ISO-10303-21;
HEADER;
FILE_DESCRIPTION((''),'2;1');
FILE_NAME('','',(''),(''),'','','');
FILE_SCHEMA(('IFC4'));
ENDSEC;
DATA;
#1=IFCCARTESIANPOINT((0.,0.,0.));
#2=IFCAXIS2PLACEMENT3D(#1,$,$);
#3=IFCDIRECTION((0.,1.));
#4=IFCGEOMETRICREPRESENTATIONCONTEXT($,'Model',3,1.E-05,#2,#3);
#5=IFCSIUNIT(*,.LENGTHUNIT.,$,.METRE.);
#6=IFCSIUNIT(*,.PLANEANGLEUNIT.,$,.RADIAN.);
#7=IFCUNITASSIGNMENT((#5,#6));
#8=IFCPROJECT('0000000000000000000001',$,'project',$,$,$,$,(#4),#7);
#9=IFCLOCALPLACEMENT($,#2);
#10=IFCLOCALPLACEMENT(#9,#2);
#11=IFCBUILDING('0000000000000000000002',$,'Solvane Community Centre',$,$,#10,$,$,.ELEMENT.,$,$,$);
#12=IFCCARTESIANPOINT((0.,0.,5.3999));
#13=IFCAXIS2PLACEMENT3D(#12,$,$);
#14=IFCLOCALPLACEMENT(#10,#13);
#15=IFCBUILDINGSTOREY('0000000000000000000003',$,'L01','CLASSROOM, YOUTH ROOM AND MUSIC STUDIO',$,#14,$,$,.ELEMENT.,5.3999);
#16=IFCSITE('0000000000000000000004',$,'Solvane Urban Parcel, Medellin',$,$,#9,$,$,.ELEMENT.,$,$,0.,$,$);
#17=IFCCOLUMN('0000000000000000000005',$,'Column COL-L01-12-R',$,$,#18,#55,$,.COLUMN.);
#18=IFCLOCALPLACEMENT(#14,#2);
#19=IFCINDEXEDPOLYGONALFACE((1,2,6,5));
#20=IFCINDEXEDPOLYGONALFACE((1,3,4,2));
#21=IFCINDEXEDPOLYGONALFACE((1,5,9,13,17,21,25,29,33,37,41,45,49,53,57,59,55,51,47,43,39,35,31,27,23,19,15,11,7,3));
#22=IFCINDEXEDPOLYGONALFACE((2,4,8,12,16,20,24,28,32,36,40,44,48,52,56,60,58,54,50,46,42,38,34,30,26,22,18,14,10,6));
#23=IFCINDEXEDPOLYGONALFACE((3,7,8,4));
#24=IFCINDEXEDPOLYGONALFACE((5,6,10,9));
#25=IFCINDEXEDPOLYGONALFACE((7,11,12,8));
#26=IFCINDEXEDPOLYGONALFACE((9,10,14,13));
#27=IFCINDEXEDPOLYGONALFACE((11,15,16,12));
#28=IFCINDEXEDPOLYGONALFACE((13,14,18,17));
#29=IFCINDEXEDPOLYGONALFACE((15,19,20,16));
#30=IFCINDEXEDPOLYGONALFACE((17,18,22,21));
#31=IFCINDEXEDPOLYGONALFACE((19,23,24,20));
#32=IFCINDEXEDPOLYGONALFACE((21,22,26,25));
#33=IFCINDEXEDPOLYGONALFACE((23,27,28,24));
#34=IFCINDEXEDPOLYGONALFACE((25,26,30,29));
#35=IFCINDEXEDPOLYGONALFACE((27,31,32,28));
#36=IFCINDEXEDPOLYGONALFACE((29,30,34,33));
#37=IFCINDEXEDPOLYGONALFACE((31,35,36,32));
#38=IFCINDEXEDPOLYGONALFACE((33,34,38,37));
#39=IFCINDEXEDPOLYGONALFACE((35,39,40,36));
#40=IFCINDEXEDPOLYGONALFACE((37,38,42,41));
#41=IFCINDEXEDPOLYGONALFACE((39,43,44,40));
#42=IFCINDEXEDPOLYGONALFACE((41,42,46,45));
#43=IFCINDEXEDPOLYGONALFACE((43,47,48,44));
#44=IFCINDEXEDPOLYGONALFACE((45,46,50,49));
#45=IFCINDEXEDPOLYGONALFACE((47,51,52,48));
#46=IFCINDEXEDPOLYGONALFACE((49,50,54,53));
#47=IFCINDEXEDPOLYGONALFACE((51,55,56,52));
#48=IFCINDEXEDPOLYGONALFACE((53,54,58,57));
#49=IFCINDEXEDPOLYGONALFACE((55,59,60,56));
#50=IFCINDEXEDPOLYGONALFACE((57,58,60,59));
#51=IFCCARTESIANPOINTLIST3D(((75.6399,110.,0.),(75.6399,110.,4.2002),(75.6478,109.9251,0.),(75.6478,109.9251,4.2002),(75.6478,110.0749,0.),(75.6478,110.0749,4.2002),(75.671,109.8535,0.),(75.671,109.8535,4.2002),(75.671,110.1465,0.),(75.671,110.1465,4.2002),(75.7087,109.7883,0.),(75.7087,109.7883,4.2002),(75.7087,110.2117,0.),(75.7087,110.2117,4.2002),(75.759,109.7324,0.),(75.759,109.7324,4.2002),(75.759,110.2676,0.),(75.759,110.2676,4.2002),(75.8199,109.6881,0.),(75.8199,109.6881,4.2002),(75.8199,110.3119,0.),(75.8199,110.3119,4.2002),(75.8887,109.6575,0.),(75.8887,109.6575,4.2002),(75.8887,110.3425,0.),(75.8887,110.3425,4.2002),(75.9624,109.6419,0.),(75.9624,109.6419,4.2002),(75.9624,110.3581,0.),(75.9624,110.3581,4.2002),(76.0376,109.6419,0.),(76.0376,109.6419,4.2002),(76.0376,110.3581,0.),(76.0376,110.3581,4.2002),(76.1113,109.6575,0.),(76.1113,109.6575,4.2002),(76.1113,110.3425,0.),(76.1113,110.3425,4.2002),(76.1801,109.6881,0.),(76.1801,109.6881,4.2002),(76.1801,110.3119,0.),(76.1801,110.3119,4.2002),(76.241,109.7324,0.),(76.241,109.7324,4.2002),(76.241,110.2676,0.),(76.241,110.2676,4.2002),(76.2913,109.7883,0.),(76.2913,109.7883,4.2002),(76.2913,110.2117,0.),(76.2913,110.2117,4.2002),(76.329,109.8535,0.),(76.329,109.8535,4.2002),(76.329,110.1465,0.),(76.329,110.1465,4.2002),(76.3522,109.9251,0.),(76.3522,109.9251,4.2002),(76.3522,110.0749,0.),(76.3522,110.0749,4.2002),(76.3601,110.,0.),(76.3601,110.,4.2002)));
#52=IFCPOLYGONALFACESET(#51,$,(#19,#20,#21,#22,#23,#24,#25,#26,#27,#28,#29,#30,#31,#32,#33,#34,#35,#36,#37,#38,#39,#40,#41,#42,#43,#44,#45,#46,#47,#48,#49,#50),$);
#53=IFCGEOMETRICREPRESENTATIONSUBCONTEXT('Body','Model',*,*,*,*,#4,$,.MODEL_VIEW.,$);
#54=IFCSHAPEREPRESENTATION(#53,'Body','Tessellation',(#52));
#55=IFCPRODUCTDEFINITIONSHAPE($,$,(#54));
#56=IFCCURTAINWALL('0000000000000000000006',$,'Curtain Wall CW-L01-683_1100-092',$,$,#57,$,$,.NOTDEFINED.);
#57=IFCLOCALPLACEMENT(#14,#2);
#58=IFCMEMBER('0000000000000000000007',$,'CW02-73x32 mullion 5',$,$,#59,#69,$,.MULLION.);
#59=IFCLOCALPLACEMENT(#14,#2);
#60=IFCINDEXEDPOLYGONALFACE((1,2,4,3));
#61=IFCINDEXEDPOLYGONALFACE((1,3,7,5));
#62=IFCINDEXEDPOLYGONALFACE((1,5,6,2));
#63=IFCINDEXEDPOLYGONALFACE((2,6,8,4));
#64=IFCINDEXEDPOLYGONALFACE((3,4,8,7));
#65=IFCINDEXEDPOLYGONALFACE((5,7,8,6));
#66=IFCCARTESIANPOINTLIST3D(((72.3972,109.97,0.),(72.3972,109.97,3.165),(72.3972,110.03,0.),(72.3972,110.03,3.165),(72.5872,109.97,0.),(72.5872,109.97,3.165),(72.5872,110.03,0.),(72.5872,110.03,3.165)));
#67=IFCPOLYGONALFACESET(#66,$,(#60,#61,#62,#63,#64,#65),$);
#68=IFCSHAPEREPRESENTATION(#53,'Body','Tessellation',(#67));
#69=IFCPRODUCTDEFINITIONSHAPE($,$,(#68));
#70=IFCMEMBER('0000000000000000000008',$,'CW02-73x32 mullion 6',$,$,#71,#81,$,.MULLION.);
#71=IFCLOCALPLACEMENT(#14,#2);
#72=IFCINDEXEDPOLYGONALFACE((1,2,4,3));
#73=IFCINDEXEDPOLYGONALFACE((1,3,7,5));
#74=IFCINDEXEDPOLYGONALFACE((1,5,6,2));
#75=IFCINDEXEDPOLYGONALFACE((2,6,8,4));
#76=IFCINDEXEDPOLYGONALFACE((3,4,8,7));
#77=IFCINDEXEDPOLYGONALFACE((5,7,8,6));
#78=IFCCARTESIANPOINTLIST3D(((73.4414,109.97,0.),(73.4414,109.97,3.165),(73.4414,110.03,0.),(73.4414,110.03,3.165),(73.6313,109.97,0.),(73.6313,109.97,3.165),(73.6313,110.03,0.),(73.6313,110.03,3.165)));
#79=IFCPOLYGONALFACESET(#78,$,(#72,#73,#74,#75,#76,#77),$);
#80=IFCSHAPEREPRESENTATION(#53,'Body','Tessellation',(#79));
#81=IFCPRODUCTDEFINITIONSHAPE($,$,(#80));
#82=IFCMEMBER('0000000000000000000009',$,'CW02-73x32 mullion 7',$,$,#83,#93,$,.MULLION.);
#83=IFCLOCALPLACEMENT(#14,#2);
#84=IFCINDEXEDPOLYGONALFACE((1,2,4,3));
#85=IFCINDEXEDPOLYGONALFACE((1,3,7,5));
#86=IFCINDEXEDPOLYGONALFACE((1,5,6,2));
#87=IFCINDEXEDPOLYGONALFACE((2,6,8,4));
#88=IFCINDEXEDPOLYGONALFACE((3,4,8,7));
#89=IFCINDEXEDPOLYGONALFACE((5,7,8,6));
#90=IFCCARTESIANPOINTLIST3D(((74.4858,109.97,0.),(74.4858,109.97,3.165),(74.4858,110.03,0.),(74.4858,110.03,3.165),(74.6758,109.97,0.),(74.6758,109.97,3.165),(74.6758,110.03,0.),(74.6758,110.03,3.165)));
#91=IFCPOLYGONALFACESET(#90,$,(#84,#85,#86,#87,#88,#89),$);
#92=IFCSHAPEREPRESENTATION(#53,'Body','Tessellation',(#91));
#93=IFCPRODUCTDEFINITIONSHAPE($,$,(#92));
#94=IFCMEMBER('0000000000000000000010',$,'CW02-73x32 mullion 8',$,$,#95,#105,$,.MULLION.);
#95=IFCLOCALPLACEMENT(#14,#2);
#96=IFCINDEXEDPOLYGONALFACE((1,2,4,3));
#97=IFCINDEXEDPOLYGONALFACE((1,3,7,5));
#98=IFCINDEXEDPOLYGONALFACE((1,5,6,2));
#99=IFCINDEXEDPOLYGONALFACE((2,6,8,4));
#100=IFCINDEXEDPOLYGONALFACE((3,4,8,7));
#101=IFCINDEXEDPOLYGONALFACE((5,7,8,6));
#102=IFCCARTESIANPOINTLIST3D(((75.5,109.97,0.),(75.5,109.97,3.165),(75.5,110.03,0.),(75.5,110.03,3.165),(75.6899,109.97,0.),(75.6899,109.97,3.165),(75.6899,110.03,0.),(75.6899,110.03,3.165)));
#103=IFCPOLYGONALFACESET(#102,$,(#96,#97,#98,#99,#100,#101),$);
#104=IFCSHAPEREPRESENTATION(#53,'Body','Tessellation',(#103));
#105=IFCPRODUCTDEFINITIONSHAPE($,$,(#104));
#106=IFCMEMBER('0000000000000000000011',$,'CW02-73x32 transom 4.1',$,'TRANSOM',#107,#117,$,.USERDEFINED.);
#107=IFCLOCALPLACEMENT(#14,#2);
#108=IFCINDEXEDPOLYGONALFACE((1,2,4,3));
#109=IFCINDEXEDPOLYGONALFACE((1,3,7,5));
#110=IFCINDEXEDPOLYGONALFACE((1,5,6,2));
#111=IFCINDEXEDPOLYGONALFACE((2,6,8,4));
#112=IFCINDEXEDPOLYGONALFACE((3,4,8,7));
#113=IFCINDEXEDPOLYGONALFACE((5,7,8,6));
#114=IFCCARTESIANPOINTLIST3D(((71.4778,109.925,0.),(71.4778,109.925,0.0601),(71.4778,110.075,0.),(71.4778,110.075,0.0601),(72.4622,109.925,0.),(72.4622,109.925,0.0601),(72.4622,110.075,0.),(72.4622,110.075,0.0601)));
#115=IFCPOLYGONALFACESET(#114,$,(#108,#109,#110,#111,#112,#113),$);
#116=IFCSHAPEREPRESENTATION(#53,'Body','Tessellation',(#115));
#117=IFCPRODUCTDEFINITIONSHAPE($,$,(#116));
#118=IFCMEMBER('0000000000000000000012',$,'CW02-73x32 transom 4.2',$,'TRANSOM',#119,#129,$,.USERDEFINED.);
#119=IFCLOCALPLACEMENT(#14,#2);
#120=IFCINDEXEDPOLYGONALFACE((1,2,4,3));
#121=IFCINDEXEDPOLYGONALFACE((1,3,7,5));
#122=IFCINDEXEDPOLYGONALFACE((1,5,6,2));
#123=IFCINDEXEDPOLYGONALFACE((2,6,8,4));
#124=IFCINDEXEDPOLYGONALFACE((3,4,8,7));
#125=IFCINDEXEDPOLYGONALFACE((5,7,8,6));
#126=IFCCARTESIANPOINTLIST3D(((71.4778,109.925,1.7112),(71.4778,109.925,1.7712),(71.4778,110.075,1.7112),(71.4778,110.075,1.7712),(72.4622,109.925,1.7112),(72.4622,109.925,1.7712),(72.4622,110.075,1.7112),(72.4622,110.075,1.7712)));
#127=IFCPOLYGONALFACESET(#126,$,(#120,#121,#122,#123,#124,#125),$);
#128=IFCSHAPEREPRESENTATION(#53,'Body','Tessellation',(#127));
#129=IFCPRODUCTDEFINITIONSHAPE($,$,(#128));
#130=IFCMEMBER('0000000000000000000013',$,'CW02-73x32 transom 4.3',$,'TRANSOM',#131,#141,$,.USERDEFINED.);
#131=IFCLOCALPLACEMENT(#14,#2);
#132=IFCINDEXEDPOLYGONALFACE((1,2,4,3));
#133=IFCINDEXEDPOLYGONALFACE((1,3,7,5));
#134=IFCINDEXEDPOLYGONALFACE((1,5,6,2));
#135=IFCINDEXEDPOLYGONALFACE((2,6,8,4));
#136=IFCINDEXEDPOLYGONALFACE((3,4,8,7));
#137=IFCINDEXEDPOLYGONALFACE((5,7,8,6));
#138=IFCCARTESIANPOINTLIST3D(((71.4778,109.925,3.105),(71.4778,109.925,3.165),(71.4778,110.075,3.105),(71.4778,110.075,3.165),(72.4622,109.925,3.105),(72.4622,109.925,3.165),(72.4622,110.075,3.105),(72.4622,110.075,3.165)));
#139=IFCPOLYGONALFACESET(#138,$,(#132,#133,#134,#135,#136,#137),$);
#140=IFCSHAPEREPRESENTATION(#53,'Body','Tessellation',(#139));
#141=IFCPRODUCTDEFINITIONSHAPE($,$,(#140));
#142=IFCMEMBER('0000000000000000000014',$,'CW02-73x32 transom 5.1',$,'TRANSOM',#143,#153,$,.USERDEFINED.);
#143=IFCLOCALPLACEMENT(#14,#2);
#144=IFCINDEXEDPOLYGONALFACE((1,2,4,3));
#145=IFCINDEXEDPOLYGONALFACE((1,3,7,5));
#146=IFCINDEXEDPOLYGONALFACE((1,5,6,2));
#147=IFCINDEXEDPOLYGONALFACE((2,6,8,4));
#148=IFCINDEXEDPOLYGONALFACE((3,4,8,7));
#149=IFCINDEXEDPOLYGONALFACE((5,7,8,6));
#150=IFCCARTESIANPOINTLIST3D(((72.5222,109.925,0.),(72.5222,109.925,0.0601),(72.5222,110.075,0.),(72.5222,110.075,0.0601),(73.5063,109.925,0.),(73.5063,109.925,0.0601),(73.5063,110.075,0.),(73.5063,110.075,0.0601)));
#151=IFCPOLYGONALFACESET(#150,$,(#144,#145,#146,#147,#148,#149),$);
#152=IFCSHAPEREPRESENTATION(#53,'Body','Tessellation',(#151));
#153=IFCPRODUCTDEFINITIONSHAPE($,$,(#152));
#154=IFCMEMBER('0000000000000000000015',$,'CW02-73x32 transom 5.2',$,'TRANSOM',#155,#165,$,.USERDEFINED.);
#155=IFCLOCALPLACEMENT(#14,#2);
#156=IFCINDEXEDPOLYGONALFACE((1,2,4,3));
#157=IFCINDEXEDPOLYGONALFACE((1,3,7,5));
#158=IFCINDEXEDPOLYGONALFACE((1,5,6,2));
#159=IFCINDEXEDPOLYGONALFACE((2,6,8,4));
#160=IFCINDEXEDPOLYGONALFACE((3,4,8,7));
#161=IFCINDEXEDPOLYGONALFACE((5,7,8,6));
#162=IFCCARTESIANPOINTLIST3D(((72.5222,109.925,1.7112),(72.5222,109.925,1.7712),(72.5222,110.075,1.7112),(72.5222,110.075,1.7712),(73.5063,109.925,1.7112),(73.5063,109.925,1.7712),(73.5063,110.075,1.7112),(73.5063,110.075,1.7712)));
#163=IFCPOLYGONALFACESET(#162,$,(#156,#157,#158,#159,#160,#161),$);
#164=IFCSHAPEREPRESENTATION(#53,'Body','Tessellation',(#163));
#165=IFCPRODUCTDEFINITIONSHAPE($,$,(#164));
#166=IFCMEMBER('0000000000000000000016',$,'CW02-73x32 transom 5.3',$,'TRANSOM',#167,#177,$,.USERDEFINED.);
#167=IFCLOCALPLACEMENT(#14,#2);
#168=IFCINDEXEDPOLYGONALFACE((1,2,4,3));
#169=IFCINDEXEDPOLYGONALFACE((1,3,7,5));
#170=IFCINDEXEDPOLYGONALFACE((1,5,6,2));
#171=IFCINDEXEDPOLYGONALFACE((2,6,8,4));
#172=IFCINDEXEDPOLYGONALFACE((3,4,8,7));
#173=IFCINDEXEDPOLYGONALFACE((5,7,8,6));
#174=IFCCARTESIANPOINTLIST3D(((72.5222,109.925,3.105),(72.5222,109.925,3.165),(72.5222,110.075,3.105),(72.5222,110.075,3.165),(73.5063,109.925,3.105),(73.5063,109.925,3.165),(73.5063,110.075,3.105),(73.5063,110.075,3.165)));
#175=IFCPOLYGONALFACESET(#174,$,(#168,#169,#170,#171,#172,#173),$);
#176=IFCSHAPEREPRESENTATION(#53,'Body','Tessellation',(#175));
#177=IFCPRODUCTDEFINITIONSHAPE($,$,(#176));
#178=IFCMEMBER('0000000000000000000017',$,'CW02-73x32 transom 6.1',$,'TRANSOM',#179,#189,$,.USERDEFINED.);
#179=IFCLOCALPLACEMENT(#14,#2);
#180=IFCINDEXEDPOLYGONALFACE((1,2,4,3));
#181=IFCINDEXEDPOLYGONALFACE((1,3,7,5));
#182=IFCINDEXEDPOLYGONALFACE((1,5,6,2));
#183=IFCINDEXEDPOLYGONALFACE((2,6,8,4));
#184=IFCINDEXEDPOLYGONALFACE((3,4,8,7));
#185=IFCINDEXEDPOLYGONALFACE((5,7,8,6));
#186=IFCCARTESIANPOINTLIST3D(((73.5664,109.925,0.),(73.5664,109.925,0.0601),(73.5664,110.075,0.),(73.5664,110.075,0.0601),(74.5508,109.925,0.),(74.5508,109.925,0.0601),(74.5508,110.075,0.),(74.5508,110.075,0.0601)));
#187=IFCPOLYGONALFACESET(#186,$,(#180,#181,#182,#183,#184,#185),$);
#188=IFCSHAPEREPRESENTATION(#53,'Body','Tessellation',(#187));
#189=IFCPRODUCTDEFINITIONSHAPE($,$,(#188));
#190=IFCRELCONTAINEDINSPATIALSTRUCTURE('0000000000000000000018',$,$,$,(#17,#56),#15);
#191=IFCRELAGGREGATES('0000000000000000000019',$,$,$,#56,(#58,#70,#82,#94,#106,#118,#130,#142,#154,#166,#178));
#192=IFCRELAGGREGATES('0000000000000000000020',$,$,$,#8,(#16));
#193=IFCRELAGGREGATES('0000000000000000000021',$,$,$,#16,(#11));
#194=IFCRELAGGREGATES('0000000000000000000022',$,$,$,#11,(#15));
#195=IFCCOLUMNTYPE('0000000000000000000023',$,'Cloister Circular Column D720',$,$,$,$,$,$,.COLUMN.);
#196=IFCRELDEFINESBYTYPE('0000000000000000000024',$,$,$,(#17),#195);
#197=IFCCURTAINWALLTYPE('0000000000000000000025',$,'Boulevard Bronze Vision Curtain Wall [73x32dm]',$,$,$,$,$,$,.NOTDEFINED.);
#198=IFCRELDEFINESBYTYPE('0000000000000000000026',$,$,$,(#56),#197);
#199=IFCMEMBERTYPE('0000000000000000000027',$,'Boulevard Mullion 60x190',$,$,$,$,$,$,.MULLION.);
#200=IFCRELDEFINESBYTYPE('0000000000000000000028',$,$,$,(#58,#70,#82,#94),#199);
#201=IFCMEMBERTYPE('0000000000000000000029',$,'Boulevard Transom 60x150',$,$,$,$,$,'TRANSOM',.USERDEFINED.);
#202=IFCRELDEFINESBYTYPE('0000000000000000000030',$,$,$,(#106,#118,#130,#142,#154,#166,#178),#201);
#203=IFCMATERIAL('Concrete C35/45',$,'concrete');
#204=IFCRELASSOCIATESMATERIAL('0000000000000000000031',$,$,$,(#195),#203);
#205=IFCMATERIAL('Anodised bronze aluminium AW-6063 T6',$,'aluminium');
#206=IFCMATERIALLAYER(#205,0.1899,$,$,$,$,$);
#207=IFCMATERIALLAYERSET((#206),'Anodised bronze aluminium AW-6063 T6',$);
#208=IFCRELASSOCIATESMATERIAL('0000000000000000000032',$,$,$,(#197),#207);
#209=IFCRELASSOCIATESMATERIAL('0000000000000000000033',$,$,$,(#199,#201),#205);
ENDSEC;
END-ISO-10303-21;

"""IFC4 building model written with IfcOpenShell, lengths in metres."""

from ifc_helpers import new_model, si_unit, direction, frame, origin, origin_2d, place, context, subcontext, project, spatial, rectangle, circle, extrude, material, layer, layer_set, material_profile, profile_set, type_object, element, aggregate, save


model = new_model("IFC4")

# Units and contexts
model_context = context("Model", 3, precision=1e-05, world=origin(), true_north=direction((0.0, 1.0)))
body_context = subcontext(model_context, "Body", "Model", "MODEL_VIEW")
ifc_project = project(units=[si_unit("LENGTHUNIT", "METRE"), si_unit("PLANEANGLEUNIT", "RADIAN")], contexts=[model_context])

# Site, building, storey
site_placement = place(None, origin())
site = spatial("IfcSite", under=ifc_project, at=site_placement, Name="Solvane Urban Parcel, Medellin", CompositionType="ELEMENT", RefElevation=0.0)
building_placement = place(site_placement, origin())
building = spatial("IfcBuilding", under=site, at=building_placement, Name="Solvane Community Centre", CompositionType="ELEMENT")
storey_placement = place(building_placement, frame((0.0, 0.0, 5.3999)))
storey = spatial("IfcBuildingStorey", under=building, at=storey_placement, Name="L01", Description="CLASSROOM, YOUTH ROOM AND MUSIC STUDIO", CompositionType="ELEMENT", Elevation=5.3999)

# Column
ifc_material_1 = material(Name="Concrete C35/45", Category="concrete")
ifc_material_profile_1 = material_profile(ifc_material_1, circle(Radius=0.3601, at=origin_2d()), Name="RC D720")
ifc_profile_set_1 = profile_set([ifc_material_profile_1], Name="Concrete C35/45")
column_type = type_object("IfcColumnType", Name="Cloister Circular Column D720", PredefinedType="COLUMN", material=ifc_profile_set_1)
column_placement = place(storey_placement, frame((76.0, 110.0, 0.0), z_axis=(0.0, 0.0, 1.0), x_axis=(1.0, 0.0, 0.0)))
element("IfcColumn", 1, at=column_placement, inside=storey, type_object=column_type, Name="Column COL-L01-12-R", PredefinedType="COLUMN", context=body_context, shape_type="SweptSolid", body=[
    extrude(circle(Radius=0.3601, at=origin_2d()), origin(), (0.0, 0.0, 1.0), 4.2002),
])

# Curtain wall, members
ifc_material_2 = material(Name="Anodised bronze aluminium AW-6063 T6", Category="aluminium")
ifc_layer_1 = layer(ifc_material_2, 0.1899)
ifc_layer_set_1 = layer_set([ifc_layer_1], Name="Anodised bronze aluminium AW-6063 T6")
curtain_wall_type = type_object("IfcCurtainWallType", Name="Boulevard Bronze Vision Curtain Wall [73x32dm]", PredefinedType="NOTDEFINED", material=ifc_layer_set_1)
curtain_wall_placement = place(storey_placement, origin())
curtain_wall = element("IfcCurtainWall", 2, at=curtain_wall_placement, inside=storey, type_object=curtain_wall_type, Name="Curtain Wall CW-L01-683_1100-092", PredefinedType="NOTDEFINED")
ifc_material_profile_2 = material_profile(ifc_material_2, rectangle(XDim=0.0601, YDim=0.1899, at=origin_2d()), Name="CW-M 60x190")
ifc_profile_set_2 = profile_set([ifc_material_profile_2], Name="Anodised bronze aluminium AW-6063 T6")
member_type_1 = type_object("IfcMemberType", Name="Boulevard Mullion 60x190", PredefinedType="MULLION", material=ifc_profile_set_2)
member_1_placement = place(storey_placement, frame((72.4922, 110.0, 0.0), z_axis=(0.0, 0.0, 1.0), x_axis=(0.0, 1.0, 0.0)))
member_1 = element("IfcMember", 3, at=member_1_placement, type_object=member_type_1, Name="CW02-73x32 mullion 5", PredefinedType="MULLION", context=body_context, shape_type="SweptSolid", body=[
    extrude(rectangle(XDim=0.0601, YDim=0.1899, at=origin_2d()), origin(), (0.0, 0.0, 1.0), 3.165),
])
member_2_placement = place(storey_placement, frame((73.5364, 110.0, 0.0), z_axis=(0.0, 0.0, 1.0), x_axis=(0.0, 1.0, 0.0)))
member_2 = element("IfcMember", 4, at=member_2_placement, type_object=member_type_1, Name="CW02-73x32 mullion 6", PredefinedType="MULLION", context=body_context, shape_type="SweptSolid", body=[
    extrude(rectangle(XDim=0.0601, YDim=0.1899, at=origin_2d()), origin(), (0.0, 0.0, 1.0), 3.165),
])
member_3_placement = place(storey_placement, frame((74.5808, 110.0, 0.0), z_axis=(0.0, 0.0, 1.0), x_axis=(0.0, 1.0, 0.0)))
member_3 = element("IfcMember", 5, at=member_3_placement, type_object=member_type_1, Name="CW02-73x32 mullion 7", PredefinedType="MULLION", context=body_context, shape_type="SweptSolid", body=[
    extrude(rectangle(XDim=0.0601, YDim=0.1899, at=origin_2d()), origin(), (0.0, 0.0, 1.0), 3.165),
])
member_4_placement = place(storey_placement, frame((75.595, 110.0, 0.0), z_axis=(0.0, 0.0, 1.0), x_axis=(0.0, 1.0, 0.0)))
member_4 = element("IfcMember", 6, at=member_4_placement, type_object=member_type_1, Name="CW02-73x32 mullion 8", PredefinedType="MULLION", context=body_context, shape_type="SweptSolid", body=[
    extrude(rectangle(XDim=0.0601, YDim=0.1899, at=origin_2d()), origin(), (0.0, 0.0, 1.0), 3.165),
])
ifc_material_profile_3 = material_profile(ifc_material_2, rectangle(XDim=0.1499, YDim=0.0601, at=origin_2d()), Name="CW-T 60x150")
ifc_profile_set_3 = profile_set([ifc_material_profile_3], Name="Anodised bronze aluminium AW-6063 T6")
member_type_2 = type_object("IfcMemberType", Name="Boulevard Transom 60x150", ElementType="TRANSOM", PredefinedType="USERDEFINED", material=ifc_profile_set_3)
member_5_placement = place(storey_placement, frame((71.4778, 110.0, 0.03), z_axis=(1.0, 0.0, 0.0), x_axis=(0.0, 1.0, 0.0)))
member_5 = element("IfcMember", 7, at=member_5_placement, type_object=member_type_2, Name="CW02-73x32 transom 4.1", ObjectType="TRANSOM", PredefinedType="USERDEFINED", context=body_context, shape_type="SweptSolid", body=[
    extrude(rectangle(XDim=0.1499, YDim=0.0601, at=origin_2d()), origin(), (0.0, 0.0, 1.0), 0.9844),
])
member_6_placement = place(storey_placement, frame((71.4778, 110.0, 1.7412), z_axis=(1.0, 0.0, 0.0), x_axis=(0.0, 1.0, 0.0)))
member_6 = element("IfcMember", 8, at=member_6_placement, type_object=member_type_2, Name="CW02-73x32 transom 4.2", ObjectType="TRANSOM", PredefinedType="USERDEFINED", context=body_context, shape_type="SweptSolid", body=[
    extrude(rectangle(XDim=0.1499, YDim=0.0601, at=origin_2d()), origin(), (0.0, 0.0, 1.0), 0.9844),
])
member_7_placement = place(storey_placement, frame((71.4778, 110.0, 3.135), z_axis=(1.0, 0.0, 0.0), x_axis=(0.0, 1.0, 0.0)))
member_7 = element("IfcMember", 9, at=member_7_placement, type_object=member_type_2, Name="CW02-73x32 transom 4.3", ObjectType="TRANSOM", PredefinedType="USERDEFINED", context=body_context, shape_type="SweptSolid", body=[
    extrude(rectangle(XDim=0.1499, YDim=0.0601, at=origin_2d()), origin(), (0.0, 0.0, 1.0), 0.9844),
])
member_8_placement = place(storey_placement, frame((72.5222, 110.0, 0.03), z_axis=(1.0, 0.0, 0.0), x_axis=(0.0, 1.0, 0.0)))
member_8 = element("IfcMember", 10, at=member_8_placement, type_object=member_type_2, Name="CW02-73x32 transom 5.1", ObjectType="TRANSOM", PredefinedType="USERDEFINED", context=body_context, shape_type="SweptSolid", body=[
    extrude(rectangle(XDim=0.1499, YDim=0.0601, at=origin_2d()), origin(), (0.0, 0.0, 1.0), 0.9841),
])
member_9_placement = place(storey_placement, frame((72.5222, 110.0, 1.7412), z_axis=(1.0, 0.0, 0.0), x_axis=(0.0, 1.0, 0.0)))
member_9 = element("IfcMember", 11, at=member_9_placement, type_object=member_type_2, Name="CW02-73x32 transom 5.2", ObjectType="TRANSOM", PredefinedType="USERDEFINED", context=body_context, shape_type="SweptSolid", body=[
    extrude(rectangle(XDim=0.1499, YDim=0.0601, at=origin_2d()), origin(), (0.0, 0.0, 1.0), 0.9841),
])
member_10_placement = place(storey_placement, frame((72.5222, 110.0, 3.135), z_axis=(1.0, 0.0, 0.0), x_axis=(0.0, 1.0, 0.0)))
member_10 = element("IfcMember", 12, at=member_10_placement, type_object=member_type_2, Name="CW02-73x32 transom 5.3", ObjectType="TRANSOM", PredefinedType="USERDEFINED", context=body_context, shape_type="SweptSolid", body=[
    extrude(rectangle(XDim=0.1499, YDim=0.0601, at=origin_2d()), origin(), (0.0, 0.0, 1.0), 0.9841),
])
member_11_placement = place(storey_placement, frame((73.5664, 110.0, 0.03), z_axis=(1.0, 0.0, 0.0), x_axis=(0.0, 1.0, 0.0)))
member_11 = element("IfcMember", 13, at=member_11_placement, type_object=member_type_2, Name="CW02-73x32 transom 6.1", ObjectType="TRANSOM", PredefinedType="USERDEFINED", context=body_context, shape_type="SweptSolid", body=[
    extrude(rectangle(XDim=0.1499, YDim=0.0601, at=origin_2d()), origin(), (0.0, 0.0, 1.0), 0.9844),
])

aggregate(curtain_wall, [member_1, member_2, member_3, member_4, member_5, member_6, member_7, member_8, member_9, member_10, member_11])

save(model, "model.ifc")
